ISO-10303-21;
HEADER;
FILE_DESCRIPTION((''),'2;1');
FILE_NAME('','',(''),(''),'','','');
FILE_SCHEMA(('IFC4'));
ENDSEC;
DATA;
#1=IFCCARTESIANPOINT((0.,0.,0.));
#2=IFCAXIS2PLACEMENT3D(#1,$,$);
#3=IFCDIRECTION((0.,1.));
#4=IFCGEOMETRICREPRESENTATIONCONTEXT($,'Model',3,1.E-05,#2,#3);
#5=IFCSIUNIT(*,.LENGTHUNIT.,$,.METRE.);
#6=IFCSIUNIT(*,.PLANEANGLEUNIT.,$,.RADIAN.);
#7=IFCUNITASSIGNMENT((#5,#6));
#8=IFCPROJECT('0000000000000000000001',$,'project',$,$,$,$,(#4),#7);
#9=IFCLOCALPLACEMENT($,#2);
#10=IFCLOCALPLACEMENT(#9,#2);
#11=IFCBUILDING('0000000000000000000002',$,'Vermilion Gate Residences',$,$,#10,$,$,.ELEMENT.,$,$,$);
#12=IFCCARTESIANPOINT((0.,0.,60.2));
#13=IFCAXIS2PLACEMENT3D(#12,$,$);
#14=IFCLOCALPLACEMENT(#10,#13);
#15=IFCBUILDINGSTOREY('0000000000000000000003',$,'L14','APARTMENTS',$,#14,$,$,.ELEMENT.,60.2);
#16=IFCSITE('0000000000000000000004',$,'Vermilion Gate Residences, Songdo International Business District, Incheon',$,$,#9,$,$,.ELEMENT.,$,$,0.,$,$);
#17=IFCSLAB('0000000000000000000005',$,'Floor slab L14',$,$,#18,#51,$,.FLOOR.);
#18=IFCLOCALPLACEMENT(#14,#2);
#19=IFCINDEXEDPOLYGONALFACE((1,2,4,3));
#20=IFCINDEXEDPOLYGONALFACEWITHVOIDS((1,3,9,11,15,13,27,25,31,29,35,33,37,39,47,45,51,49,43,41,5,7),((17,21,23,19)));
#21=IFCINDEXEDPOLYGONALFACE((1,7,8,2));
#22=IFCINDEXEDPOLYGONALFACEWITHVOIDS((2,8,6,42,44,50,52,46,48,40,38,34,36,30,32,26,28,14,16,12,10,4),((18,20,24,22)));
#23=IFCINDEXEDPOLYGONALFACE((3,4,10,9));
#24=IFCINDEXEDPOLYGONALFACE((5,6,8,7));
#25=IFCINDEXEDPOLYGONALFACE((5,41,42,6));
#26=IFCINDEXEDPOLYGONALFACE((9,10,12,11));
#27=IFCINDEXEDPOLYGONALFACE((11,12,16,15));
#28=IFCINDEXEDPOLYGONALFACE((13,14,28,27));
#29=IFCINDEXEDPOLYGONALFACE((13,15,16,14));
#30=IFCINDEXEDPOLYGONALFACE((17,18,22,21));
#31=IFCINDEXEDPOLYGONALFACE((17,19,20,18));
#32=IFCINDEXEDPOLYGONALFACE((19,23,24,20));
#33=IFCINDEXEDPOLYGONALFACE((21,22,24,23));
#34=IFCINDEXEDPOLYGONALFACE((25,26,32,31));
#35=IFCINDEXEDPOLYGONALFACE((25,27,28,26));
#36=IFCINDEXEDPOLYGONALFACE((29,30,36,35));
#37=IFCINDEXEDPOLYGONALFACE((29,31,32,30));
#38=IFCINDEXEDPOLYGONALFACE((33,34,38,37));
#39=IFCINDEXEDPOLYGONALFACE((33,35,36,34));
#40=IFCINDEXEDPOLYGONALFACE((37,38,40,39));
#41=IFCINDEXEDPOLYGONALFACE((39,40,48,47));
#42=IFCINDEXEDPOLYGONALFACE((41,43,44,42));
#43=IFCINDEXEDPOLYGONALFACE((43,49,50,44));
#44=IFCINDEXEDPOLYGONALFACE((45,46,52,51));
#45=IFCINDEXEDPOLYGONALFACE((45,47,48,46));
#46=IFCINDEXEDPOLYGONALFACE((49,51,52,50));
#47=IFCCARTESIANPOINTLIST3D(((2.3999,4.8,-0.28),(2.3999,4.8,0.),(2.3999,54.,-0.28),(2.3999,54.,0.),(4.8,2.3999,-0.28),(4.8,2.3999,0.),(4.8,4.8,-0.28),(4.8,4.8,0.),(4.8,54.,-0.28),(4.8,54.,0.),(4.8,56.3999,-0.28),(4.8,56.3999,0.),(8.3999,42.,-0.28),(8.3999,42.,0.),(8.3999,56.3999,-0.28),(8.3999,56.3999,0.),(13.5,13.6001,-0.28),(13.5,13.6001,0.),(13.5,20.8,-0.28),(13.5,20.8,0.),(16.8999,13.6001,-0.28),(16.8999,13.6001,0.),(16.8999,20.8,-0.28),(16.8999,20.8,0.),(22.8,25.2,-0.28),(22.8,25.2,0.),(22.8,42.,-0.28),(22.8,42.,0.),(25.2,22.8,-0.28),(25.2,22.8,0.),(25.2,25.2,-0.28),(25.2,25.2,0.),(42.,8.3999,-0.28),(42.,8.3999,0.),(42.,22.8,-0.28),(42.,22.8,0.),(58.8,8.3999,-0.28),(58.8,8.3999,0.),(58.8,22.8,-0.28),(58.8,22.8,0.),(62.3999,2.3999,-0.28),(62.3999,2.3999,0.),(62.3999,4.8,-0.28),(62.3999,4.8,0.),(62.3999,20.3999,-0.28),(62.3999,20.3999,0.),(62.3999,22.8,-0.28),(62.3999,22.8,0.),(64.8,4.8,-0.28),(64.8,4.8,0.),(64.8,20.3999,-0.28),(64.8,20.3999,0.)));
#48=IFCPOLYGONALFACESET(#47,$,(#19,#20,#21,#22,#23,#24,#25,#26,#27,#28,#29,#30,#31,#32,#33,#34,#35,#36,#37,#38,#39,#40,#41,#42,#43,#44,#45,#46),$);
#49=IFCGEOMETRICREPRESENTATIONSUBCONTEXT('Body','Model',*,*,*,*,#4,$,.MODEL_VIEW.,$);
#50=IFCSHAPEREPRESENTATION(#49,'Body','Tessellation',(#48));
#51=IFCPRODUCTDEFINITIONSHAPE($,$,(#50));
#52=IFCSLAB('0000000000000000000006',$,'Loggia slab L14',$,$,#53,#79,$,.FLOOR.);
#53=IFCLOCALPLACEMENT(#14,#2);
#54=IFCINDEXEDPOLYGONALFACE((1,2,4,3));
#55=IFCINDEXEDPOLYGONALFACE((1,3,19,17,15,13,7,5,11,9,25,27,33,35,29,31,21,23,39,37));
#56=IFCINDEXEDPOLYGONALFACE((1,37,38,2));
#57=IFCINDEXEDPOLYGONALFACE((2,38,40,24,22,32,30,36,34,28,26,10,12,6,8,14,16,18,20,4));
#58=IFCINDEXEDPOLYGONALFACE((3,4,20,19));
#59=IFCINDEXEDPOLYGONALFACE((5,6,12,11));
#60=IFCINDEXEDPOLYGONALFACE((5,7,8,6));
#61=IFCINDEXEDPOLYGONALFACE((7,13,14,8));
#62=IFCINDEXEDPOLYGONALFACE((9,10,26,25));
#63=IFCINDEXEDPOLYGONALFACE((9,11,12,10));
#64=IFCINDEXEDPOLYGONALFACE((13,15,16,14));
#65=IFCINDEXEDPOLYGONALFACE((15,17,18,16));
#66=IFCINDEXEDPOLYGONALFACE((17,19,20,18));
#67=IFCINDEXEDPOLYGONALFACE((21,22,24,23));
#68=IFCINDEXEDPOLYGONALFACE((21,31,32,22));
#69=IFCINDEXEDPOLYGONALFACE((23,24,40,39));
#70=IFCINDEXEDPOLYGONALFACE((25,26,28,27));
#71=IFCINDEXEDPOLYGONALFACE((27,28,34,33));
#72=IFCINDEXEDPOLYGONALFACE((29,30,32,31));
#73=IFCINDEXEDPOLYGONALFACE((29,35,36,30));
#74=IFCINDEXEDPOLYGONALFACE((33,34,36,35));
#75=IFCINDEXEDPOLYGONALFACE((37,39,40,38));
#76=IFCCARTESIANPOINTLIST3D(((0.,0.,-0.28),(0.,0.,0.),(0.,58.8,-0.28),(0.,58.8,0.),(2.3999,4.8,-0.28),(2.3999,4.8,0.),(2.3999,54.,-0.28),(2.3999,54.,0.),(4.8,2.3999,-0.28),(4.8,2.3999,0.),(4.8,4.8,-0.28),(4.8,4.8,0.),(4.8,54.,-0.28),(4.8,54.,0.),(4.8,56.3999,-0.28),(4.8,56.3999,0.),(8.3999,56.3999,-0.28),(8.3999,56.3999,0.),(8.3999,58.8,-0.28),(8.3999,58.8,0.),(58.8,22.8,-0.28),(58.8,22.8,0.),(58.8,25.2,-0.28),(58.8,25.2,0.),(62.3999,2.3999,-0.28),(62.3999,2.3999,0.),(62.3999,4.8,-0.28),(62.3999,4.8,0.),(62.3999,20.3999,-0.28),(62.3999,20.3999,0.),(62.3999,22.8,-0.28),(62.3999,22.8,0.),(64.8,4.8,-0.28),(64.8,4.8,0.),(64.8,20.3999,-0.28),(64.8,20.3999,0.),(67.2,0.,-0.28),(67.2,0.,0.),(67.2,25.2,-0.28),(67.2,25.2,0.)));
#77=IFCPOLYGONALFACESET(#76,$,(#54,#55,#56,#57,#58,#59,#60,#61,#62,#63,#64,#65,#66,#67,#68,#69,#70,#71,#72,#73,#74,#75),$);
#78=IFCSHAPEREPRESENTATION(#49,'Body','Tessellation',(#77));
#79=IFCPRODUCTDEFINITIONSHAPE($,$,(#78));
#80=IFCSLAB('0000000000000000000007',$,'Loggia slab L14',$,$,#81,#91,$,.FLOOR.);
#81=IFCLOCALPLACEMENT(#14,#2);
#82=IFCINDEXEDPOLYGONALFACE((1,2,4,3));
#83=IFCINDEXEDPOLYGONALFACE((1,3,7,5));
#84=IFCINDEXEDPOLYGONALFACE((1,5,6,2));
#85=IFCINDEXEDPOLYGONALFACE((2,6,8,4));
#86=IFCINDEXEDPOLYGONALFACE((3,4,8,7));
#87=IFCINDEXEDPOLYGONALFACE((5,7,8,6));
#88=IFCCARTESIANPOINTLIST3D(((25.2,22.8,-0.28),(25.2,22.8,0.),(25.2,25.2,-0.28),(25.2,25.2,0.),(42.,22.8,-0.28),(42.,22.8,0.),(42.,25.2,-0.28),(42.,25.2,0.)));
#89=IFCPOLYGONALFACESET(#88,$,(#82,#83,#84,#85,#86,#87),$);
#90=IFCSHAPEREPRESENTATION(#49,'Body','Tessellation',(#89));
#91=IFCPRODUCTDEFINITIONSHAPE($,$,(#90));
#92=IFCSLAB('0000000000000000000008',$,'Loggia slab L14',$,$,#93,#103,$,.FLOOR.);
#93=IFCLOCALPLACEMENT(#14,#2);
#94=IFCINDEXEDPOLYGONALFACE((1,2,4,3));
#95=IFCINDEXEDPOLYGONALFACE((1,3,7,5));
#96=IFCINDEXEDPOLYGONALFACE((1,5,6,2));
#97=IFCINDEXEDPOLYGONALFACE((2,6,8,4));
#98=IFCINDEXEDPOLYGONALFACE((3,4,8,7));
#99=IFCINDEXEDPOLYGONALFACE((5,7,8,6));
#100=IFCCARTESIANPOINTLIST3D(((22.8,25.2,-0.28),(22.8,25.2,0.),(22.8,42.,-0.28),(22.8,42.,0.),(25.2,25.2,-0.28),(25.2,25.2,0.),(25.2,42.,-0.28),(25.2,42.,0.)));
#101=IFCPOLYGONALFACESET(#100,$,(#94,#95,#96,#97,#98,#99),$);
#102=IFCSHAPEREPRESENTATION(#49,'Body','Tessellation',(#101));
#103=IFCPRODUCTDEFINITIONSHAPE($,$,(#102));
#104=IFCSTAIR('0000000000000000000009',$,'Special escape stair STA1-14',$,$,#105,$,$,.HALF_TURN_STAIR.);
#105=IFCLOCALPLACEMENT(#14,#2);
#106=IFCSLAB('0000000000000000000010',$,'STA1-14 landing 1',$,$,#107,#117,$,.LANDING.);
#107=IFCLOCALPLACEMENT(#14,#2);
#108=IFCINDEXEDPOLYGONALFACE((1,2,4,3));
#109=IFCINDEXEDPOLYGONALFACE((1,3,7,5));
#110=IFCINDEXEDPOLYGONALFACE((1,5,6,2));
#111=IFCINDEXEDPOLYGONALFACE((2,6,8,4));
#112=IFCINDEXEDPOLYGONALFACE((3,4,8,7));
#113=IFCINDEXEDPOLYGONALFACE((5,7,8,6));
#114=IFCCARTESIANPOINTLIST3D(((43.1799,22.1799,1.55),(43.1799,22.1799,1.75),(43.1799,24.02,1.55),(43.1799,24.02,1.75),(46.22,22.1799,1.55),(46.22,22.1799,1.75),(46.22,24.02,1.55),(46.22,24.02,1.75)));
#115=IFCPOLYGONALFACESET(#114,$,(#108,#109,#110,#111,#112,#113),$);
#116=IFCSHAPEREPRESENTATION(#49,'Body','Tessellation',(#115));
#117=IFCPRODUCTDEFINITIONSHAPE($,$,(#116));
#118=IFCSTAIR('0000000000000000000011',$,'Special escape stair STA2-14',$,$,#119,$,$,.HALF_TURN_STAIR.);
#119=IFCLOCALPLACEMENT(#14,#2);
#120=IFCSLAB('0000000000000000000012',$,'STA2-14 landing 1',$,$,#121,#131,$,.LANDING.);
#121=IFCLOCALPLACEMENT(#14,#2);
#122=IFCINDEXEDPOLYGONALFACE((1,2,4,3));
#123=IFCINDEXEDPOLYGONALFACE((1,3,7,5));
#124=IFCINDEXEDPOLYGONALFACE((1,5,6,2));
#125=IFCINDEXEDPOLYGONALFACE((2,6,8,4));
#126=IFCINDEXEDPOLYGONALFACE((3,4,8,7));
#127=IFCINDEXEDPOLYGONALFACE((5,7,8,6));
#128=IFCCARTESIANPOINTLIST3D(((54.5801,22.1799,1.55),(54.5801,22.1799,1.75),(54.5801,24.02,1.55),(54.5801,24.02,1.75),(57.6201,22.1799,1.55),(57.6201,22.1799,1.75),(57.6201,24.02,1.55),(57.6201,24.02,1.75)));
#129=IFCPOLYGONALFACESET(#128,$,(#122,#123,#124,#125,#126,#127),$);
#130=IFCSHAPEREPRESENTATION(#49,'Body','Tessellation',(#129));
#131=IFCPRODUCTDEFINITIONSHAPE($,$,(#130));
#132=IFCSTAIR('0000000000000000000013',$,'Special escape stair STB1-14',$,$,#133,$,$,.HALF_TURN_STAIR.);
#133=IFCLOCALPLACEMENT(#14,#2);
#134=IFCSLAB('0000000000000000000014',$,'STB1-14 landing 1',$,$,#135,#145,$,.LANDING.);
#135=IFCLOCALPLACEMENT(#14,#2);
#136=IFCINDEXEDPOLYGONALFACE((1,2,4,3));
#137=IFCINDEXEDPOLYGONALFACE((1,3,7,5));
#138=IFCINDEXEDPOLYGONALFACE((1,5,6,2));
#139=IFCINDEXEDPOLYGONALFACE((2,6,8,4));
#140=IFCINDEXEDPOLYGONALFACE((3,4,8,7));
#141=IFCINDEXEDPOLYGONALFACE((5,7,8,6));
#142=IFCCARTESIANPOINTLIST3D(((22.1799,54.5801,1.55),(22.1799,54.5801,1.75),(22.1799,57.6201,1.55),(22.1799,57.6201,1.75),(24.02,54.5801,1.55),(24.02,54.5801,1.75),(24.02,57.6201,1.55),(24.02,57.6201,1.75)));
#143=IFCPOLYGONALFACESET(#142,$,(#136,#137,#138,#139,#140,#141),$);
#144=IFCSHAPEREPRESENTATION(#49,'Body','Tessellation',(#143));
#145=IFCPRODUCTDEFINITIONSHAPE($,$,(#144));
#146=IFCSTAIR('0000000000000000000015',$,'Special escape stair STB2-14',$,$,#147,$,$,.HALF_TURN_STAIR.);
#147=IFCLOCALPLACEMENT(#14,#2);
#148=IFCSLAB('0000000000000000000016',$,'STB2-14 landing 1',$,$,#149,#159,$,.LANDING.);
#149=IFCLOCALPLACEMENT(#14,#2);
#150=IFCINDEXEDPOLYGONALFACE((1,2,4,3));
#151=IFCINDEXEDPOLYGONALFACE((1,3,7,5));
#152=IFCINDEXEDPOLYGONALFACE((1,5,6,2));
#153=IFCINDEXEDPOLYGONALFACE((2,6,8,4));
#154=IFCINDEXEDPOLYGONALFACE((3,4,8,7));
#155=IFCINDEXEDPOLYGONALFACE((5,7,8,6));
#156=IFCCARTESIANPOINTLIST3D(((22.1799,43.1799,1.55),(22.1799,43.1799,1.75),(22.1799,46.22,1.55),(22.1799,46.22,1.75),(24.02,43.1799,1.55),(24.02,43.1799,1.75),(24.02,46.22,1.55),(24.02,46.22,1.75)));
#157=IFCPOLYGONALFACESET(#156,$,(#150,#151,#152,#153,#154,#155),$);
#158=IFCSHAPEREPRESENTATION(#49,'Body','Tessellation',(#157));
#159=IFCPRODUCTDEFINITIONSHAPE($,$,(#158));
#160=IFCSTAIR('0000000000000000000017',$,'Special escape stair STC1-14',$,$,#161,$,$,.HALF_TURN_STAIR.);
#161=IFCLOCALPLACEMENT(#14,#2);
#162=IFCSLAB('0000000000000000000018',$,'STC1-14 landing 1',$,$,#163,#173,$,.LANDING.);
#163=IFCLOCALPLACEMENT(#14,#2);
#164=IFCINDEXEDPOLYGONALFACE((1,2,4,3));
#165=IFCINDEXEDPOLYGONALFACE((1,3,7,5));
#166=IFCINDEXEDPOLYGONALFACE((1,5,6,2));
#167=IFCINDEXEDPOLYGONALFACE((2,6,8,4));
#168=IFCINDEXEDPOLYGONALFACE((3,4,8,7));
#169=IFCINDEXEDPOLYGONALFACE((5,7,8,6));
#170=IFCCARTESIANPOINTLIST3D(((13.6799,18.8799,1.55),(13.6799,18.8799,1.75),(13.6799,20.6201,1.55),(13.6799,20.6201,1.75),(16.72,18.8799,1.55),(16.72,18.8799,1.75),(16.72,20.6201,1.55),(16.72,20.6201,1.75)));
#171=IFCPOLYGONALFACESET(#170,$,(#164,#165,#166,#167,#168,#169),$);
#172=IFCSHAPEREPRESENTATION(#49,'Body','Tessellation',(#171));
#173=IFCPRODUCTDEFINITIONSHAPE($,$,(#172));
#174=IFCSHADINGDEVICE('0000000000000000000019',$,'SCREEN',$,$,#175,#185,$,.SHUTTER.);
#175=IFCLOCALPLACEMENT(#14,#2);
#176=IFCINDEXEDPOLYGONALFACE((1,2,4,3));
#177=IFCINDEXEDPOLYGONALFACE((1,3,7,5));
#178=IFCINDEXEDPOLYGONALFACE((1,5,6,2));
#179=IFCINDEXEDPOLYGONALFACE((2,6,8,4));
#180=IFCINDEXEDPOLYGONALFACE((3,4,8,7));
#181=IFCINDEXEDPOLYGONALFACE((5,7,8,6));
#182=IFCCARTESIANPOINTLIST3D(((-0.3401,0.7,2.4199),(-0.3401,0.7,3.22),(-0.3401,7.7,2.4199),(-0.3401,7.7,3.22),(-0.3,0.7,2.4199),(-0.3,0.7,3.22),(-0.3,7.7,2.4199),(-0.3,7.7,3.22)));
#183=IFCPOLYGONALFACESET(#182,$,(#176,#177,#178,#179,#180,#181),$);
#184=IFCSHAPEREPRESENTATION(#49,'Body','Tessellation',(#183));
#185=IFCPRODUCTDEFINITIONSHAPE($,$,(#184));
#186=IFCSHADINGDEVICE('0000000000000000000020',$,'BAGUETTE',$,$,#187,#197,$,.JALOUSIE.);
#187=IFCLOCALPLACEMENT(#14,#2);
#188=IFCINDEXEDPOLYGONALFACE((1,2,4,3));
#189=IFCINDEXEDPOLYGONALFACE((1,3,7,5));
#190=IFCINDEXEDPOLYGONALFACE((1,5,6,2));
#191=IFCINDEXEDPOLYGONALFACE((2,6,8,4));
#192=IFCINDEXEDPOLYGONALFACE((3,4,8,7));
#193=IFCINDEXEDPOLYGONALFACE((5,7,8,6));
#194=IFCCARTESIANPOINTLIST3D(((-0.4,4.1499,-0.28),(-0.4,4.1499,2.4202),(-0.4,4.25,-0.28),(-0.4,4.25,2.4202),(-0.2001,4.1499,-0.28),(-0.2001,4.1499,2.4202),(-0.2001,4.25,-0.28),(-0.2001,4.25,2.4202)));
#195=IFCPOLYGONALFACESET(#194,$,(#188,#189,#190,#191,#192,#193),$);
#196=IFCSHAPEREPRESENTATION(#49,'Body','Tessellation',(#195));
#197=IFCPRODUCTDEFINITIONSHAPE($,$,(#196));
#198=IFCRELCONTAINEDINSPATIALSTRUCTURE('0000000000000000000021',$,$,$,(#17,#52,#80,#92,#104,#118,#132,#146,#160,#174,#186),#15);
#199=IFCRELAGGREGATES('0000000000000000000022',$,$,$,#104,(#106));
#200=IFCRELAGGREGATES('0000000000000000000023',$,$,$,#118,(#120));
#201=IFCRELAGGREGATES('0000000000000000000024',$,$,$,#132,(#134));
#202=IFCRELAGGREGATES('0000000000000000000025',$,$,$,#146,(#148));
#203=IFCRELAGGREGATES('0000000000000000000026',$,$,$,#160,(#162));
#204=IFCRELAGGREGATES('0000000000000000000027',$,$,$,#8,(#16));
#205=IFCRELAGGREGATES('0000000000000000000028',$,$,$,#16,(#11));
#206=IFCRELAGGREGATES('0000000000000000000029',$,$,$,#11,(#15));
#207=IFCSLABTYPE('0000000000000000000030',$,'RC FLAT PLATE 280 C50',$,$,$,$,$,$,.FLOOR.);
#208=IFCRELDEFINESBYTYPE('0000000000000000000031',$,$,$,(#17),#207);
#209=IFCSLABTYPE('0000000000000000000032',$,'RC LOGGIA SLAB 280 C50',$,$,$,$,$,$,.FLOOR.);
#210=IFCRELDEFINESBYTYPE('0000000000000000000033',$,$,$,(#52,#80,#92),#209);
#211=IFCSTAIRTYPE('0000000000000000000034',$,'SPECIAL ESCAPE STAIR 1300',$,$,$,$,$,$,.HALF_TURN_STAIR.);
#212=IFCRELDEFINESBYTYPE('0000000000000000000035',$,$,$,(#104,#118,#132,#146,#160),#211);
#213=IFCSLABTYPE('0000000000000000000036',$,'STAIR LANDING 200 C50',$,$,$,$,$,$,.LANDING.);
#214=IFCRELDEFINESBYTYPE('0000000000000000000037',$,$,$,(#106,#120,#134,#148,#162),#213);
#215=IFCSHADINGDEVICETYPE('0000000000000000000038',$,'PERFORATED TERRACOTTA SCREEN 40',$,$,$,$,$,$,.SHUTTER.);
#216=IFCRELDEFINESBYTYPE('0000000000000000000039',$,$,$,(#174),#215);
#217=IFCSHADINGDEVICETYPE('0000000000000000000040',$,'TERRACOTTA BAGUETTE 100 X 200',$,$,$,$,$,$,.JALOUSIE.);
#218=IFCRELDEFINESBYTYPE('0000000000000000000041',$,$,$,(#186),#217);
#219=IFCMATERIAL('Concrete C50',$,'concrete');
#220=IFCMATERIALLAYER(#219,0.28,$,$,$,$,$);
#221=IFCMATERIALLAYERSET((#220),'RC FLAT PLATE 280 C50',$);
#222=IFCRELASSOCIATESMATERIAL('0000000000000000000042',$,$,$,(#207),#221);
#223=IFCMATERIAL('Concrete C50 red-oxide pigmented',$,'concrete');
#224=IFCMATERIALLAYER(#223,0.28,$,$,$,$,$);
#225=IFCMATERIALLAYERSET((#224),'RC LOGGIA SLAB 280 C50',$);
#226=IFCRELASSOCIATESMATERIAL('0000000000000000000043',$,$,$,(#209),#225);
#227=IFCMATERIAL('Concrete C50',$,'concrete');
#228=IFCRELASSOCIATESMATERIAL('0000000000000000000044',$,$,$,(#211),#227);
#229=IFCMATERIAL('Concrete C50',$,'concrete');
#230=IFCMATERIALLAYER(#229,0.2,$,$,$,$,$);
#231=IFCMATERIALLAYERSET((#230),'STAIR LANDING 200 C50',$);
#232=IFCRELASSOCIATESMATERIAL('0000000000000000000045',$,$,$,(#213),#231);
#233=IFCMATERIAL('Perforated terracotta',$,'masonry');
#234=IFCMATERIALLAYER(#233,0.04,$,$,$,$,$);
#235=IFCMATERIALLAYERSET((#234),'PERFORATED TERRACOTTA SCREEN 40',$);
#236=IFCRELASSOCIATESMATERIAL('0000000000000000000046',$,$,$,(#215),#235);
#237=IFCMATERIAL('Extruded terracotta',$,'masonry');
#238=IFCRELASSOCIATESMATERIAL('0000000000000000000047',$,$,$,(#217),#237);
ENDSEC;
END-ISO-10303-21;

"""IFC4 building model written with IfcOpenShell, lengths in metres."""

from ifc_helpers import new_model, si_unit, direction, frame, origin, origin_2d, place, context, subcontext, project, spatial, polyline, rectangle, outline, extrude, material, layer, layer_set, material_profile, profile_set, type_object, element, aggregate, save


model = new_model("IFC4")

# Units and contexts
model_context = context("Model", 3, precision=1e-05, world=origin(), true_north=direction((0.0, 1.0)))
body_context = subcontext(model_context, "Body", "Model", "MODEL_VIEW")
ifc_project = project(units=[si_unit("LENGTHUNIT", "METRE"), si_unit("PLANEANGLEUNIT", "RADIAN")], contexts=[model_context])

# Site, building, storey
site_placement = place(None, origin())
site = spatial("IfcSite", under=ifc_project, at=site_placement, Name="Vermilion Gate Residences, Songdo International Business District, Incheon", CompositionType="ELEMENT", RefElevation=0.0)
building_placement = place(site_placement, origin())
building = spatial("IfcBuilding", under=site, at=building_placement, Name="Vermilion Gate Residences", CompositionType="ELEMENT")
storey_placement = place(building_placement, frame((0.0, 0.0, 60.2)))
storey = spatial("IfcBuildingStorey", under=building, at=storey_placement, Name="L14", Description="APARTMENTS", CompositionType="ELEMENT", Elevation=60.2)

# Slabs
ifc_material_1 = material(Name="Concrete C50", Category="concrete")
ifc_layer_1 = layer(ifc_material_1, 0.28)
ifc_layer_set_1 = layer_set([ifc_layer_1], Name="RC FLAT PLATE 280 C50")
slab_type_1 = type_object("IfcSlabType", Name="RC FLAT PLATE 280 C50", PredefinedType="FLOOR", material=ifc_layer_set_1)
slab_1_placement = place(storey_placement, frame((0.0, 0.0, -0.28)))
element("IfcSlab", 1, at=slab_1_placement, inside=storey, type_object=slab_type_1, Name="Floor slab L14", PredefinedType="FLOOR", context=body_context, shape_type="SweptSolid", body=[
    extrude(outline(polyline([(22.8, 25.2), (22.8, 42.0), (8.3999, 42.0), (8.3999, 56.3999), (4.8, 56.3999), (4.8, 54.0), (2.3999, 54.0), (2.3999, 4.8), (4.8, 4.8), (4.8, 2.3999), (62.3999, 2.3999), (62.3999, 4.8), (64.8, 4.8), (64.8, 20.3999), (62.3999, 20.3999), (62.3999, 22.8), (58.8, 22.8), (58.8, 8.3999), (42.0, 8.3999), (42.0, 22.8), (25.2, 22.8), (25.2, 25.2), (22.8, 25.2)]), holes=[polyline([(13.5, 13.6001), (13.5, 20.8), (16.8999, 20.8), (16.8999, 13.6001), (13.5, 13.6001)])]), origin(), (0.0, 0.0, 1.0), 0.28),
])
ifc_material_2 = material(Name="Concrete C50 red-oxide pigmented", Category="concrete")
ifc_layer_2 = layer(ifc_material_2, 0.28)
ifc_layer_set_2 = layer_set([ifc_layer_2], Name="RC LOGGIA SLAB 280 C50")
slab_type_2 = type_object("IfcSlabType", Name="RC LOGGIA SLAB 280 C50", PredefinedType="FLOOR", material=ifc_layer_set_2)
slab_2_placement = place(storey_placement, frame((0.0, 0.0, -0.28)))
element("IfcSlab", 2, at=slab_2_placement, inside=storey, type_object=slab_type_2, Name="Loggia slab L14", PredefinedType="FLOOR", context=body_context, shape_type="SweptSolid", body=[
    extrude(outline(polyline([(0.0, 58.8), (0.0, 0.0), (67.2, 0.0), (67.2, 25.2), (58.8, 25.2), (58.8, 22.8), (62.3999, 22.8), (62.3999, 20.3999), (64.8, 20.3999), (64.8, 4.8), (62.3999, 4.8), (62.3999, 2.3999), (4.8, 2.3999), (4.8, 4.8), (2.3999, 4.8), (2.3999, 54.0), (4.8, 54.0), (4.8, 56.3999), (8.3999, 56.3999), (8.3999, 58.8), (0.0, 58.8)])), origin(), (0.0, 0.0, 1.0), 0.28),
])
slab_3_placement = place(storey_placement, frame((0.0, 0.0, -0.28)))
element("IfcSlab", 3, at=slab_3_placement, inside=storey, type_object=slab_type_2, Name="Loggia slab L14", PredefinedType="FLOOR", context=body_context, shape_type="SweptSolid", body=[
    extrude(outline(polyline([(25.2, 22.8), (42.0, 22.8), (42.0, 25.2), (25.2, 25.2), (25.2, 22.8)])), origin(), (0.0, 0.0, 1.0), 0.28),
])
slab_4_placement = place(storey_placement, frame((0.0, 0.0, -0.28)))
element("IfcSlab", 4, at=slab_4_placement, inside=storey, type_object=slab_type_2, Name="Loggia slab L14", PredefinedType="FLOOR", context=body_context, shape_type="SweptSolid", body=[
    extrude(outline(polyline([(22.8, 42.0), (22.8, 25.2), (25.2, 25.2), (25.2, 42.0), (22.8, 42.0)])), origin(), (0.0, 0.0, 1.0), 0.28),
])

# Stairs, slabs
ifc_material_3 = material(Name="Concrete C50", Category="concrete")
stair_type = type_object("IfcStairType", Name="SPECIAL ESCAPE STAIR 1300", PredefinedType="HALF_TURN_STAIR", material=ifc_material_3)
stair_1_placement = place(storey_placement, origin())
stair_1 = element("IfcStair", 5, at=stair_1_placement, inside=storey, type_object=stair_type, Name="Special escape stair STA1-14", PredefinedType="HALF_TURN_STAIR")
ifc_material_4 = material(Name="Concrete C50", Category="concrete")
ifc_layer_3 = layer(ifc_material_4, 0.2)
ifc_layer_set_3 = layer_set([ifc_layer_3], Name="STAIR LANDING 200 C50")
slab_type_3 = type_object("IfcSlabType", Name="STAIR LANDING 200 C50", PredefinedType="LANDING", material=ifc_layer_set_3)
slab_5_placement = place(storey_placement, frame((0.0, 0.0, 1.55)))
slab_5 = element("IfcSlab", 6, at=slab_5_placement, type_object=slab_type_3, Name="STA1-14 landing 1", PredefinedType="LANDING", context=body_context, shape_type="SweptSolid", body=[
    extrude(outline(polyline([(46.22, 22.1799), (46.22, 24.02), (43.1799, 24.02), (43.1799, 22.1799), (46.22, 22.1799)])), origin(), (0.0, 0.0, 1.0), 0.2),
])
aggregate(stair_1, [slab_5])
stair_2_placement = place(storey_placement, origin())
stair_2 = element("IfcStair", 7, at=stair_2_placement, inside=storey, type_object=stair_type, Name="Special escape stair STA2-14", PredefinedType="HALF_TURN_STAIR")
slab_6_placement = place(storey_placement, frame((0.0, 0.0, 1.55)))
slab_6 = element("IfcSlab", 8, at=slab_6_placement, type_object=slab_type_3, Name="STA2-14 landing 1", PredefinedType="LANDING", context=body_context, shape_type="SweptSolid", body=[
    extrude(outline(polyline([(57.6201, 22.1799), (57.6201, 24.02), (54.5801, 24.02), (54.5801, 22.1799), (57.6201, 22.1799)])), origin(), (0.0, 0.0, 1.0), 0.2),
])
aggregate(stair_2, [slab_6])
stair_3_placement = place(storey_placement, origin())
stair_3 = element("IfcStair", 9, at=stair_3_placement, inside=storey, type_object=stair_type, Name="Special escape stair STB1-14", PredefinedType="HALF_TURN_STAIR")
slab_7_placement = place(storey_placement, frame((0.0, 0.0, 1.55)))
slab_7 = element("IfcSlab", 10, at=slab_7_placement, type_object=slab_type_3, Name="STB1-14 landing 1", PredefinedType="LANDING", context=body_context, shape_type="SweptSolid", body=[
    extrude(outline(polyline([(24.02, 54.5801), (24.02, 57.6201), (22.1799, 57.6201), (22.1799, 54.5801), (24.02, 54.5801)])), origin(), (0.0, 0.0, 1.0), 0.2),
])
aggregate(stair_3, [slab_7])
stair_4_placement = place(storey_placement, origin())
stair_4 = element("IfcStair", 11, at=stair_4_placement, inside=storey, type_object=stair_type, Name="Special escape stair STB2-14", PredefinedType="HALF_TURN_STAIR")
slab_8_placement = place(storey_placement, frame((0.0, 0.0, 1.55)))
slab_8 = element("IfcSlab", 12, at=slab_8_placement, type_object=slab_type_3, Name="STB2-14 landing 1", PredefinedType="LANDING", context=body_context, shape_type="SweptSolid", body=[
    extrude(outline(polyline([(24.02, 43.1799), (24.02, 46.22), (22.1799, 46.22), (22.1799, 43.1799), (24.02, 43.1799)])), origin(), (0.0, 0.0, 1.0), 0.2),
])
aggregate(stair_4, [slab_8])
stair_5_placement = place(storey_placement, origin())
stair_5 = element("IfcStair", 13, at=stair_5_placement, inside=storey, type_object=stair_type, Name="Special escape stair STC1-14", PredefinedType="HALF_TURN_STAIR")
slab_9_placement = place(storey_placement, frame((0.0, 0.0, 1.55)))
slab_9 = element("IfcSlab", 14, at=slab_9_placement, type_object=slab_type_3, Name="STC1-14 landing 1", PredefinedType="LANDING", context=body_context, shape_type="SweptSolid", body=[
    extrude(outline(polyline([(16.72, 18.8799), (16.72, 20.6201), (13.6799, 20.6201), (13.6799, 18.8799), (16.72, 18.8799)])), origin(), (0.0, 0.0, 1.0), 0.2),
])
aggregate(stair_5, [slab_9])

# Shading devices
ifc_material_5 = material(Name="Perforated terracotta", Category="masonry")
ifc_layer_4 = layer(ifc_material_5, 0.04)
ifc_layer_set_4 = layer_set([ifc_layer_4], Name="PERFORATED TERRACOTTA SCREEN 40")
shading_device_type_1 = type_object("IfcShadingDeviceType", Name="PERFORATED TERRACOTTA SCREEN 40", PredefinedType="SHUTTER", material=ifc_layer_set_4)
shading_device_1_placement = place(storey_placement, frame((-0.3201, 4.2, 2.4199), z_axis=(0.0, 0.0, 1.0), x_axis=(0.0, -1.0, 0.0)))
element("IfcShadingDevice", 15, at=shading_device_1_placement, inside=storey, type_object=shading_device_type_1, Name="SCREEN", PredefinedType="SHUTTER", context=body_context, shape_type="SweptSolid", body=[
    extrude(rectangle(XDim=7.0, YDim=0.04, at=origin_2d()), origin(), (0.0, 0.0, 1.0), 0.8),
])
ifc_material_6 = material(Name="Extruded terracotta", Category="masonry")
ifc_material_profile_1 = material_profile(ifc_material_6, rectangle(XDim=0.2, YDim=0.1001, at=origin_2d()), Name="BAGUETTE 100 X 200")
ifc_profile_set_1 = profile_set([ifc_material_profile_1], Name="Extruded terracotta")
shading_device_type_2 = type_object("IfcShadingDeviceType", Name="TERRACOTTA BAGUETTE 100 X 200", PredefinedType="JALOUSIE", material=ifc_profile_set_1)
shading_device_2_placement = place(storey_placement, frame((-0.3, 4.2, -0.28), z_axis=(0.0, 0.0, 1.0), x_axis=(1.0, 0.0, 0.0)))
element("IfcShadingDevice", 16, at=shading_device_2_placement, inside=storey, type_object=shading_device_type_2, Name="BAGUETTE", PredefinedType="JALOUSIE", context=body_context, shape_type="SweptSolid", body=[
    extrude(rectangle(XDim=0.2, YDim=0.1001, at=origin_2d()), origin(), (0.0, 0.0, 1.0), 2.7002),
])

save(model, "model.ifc")
